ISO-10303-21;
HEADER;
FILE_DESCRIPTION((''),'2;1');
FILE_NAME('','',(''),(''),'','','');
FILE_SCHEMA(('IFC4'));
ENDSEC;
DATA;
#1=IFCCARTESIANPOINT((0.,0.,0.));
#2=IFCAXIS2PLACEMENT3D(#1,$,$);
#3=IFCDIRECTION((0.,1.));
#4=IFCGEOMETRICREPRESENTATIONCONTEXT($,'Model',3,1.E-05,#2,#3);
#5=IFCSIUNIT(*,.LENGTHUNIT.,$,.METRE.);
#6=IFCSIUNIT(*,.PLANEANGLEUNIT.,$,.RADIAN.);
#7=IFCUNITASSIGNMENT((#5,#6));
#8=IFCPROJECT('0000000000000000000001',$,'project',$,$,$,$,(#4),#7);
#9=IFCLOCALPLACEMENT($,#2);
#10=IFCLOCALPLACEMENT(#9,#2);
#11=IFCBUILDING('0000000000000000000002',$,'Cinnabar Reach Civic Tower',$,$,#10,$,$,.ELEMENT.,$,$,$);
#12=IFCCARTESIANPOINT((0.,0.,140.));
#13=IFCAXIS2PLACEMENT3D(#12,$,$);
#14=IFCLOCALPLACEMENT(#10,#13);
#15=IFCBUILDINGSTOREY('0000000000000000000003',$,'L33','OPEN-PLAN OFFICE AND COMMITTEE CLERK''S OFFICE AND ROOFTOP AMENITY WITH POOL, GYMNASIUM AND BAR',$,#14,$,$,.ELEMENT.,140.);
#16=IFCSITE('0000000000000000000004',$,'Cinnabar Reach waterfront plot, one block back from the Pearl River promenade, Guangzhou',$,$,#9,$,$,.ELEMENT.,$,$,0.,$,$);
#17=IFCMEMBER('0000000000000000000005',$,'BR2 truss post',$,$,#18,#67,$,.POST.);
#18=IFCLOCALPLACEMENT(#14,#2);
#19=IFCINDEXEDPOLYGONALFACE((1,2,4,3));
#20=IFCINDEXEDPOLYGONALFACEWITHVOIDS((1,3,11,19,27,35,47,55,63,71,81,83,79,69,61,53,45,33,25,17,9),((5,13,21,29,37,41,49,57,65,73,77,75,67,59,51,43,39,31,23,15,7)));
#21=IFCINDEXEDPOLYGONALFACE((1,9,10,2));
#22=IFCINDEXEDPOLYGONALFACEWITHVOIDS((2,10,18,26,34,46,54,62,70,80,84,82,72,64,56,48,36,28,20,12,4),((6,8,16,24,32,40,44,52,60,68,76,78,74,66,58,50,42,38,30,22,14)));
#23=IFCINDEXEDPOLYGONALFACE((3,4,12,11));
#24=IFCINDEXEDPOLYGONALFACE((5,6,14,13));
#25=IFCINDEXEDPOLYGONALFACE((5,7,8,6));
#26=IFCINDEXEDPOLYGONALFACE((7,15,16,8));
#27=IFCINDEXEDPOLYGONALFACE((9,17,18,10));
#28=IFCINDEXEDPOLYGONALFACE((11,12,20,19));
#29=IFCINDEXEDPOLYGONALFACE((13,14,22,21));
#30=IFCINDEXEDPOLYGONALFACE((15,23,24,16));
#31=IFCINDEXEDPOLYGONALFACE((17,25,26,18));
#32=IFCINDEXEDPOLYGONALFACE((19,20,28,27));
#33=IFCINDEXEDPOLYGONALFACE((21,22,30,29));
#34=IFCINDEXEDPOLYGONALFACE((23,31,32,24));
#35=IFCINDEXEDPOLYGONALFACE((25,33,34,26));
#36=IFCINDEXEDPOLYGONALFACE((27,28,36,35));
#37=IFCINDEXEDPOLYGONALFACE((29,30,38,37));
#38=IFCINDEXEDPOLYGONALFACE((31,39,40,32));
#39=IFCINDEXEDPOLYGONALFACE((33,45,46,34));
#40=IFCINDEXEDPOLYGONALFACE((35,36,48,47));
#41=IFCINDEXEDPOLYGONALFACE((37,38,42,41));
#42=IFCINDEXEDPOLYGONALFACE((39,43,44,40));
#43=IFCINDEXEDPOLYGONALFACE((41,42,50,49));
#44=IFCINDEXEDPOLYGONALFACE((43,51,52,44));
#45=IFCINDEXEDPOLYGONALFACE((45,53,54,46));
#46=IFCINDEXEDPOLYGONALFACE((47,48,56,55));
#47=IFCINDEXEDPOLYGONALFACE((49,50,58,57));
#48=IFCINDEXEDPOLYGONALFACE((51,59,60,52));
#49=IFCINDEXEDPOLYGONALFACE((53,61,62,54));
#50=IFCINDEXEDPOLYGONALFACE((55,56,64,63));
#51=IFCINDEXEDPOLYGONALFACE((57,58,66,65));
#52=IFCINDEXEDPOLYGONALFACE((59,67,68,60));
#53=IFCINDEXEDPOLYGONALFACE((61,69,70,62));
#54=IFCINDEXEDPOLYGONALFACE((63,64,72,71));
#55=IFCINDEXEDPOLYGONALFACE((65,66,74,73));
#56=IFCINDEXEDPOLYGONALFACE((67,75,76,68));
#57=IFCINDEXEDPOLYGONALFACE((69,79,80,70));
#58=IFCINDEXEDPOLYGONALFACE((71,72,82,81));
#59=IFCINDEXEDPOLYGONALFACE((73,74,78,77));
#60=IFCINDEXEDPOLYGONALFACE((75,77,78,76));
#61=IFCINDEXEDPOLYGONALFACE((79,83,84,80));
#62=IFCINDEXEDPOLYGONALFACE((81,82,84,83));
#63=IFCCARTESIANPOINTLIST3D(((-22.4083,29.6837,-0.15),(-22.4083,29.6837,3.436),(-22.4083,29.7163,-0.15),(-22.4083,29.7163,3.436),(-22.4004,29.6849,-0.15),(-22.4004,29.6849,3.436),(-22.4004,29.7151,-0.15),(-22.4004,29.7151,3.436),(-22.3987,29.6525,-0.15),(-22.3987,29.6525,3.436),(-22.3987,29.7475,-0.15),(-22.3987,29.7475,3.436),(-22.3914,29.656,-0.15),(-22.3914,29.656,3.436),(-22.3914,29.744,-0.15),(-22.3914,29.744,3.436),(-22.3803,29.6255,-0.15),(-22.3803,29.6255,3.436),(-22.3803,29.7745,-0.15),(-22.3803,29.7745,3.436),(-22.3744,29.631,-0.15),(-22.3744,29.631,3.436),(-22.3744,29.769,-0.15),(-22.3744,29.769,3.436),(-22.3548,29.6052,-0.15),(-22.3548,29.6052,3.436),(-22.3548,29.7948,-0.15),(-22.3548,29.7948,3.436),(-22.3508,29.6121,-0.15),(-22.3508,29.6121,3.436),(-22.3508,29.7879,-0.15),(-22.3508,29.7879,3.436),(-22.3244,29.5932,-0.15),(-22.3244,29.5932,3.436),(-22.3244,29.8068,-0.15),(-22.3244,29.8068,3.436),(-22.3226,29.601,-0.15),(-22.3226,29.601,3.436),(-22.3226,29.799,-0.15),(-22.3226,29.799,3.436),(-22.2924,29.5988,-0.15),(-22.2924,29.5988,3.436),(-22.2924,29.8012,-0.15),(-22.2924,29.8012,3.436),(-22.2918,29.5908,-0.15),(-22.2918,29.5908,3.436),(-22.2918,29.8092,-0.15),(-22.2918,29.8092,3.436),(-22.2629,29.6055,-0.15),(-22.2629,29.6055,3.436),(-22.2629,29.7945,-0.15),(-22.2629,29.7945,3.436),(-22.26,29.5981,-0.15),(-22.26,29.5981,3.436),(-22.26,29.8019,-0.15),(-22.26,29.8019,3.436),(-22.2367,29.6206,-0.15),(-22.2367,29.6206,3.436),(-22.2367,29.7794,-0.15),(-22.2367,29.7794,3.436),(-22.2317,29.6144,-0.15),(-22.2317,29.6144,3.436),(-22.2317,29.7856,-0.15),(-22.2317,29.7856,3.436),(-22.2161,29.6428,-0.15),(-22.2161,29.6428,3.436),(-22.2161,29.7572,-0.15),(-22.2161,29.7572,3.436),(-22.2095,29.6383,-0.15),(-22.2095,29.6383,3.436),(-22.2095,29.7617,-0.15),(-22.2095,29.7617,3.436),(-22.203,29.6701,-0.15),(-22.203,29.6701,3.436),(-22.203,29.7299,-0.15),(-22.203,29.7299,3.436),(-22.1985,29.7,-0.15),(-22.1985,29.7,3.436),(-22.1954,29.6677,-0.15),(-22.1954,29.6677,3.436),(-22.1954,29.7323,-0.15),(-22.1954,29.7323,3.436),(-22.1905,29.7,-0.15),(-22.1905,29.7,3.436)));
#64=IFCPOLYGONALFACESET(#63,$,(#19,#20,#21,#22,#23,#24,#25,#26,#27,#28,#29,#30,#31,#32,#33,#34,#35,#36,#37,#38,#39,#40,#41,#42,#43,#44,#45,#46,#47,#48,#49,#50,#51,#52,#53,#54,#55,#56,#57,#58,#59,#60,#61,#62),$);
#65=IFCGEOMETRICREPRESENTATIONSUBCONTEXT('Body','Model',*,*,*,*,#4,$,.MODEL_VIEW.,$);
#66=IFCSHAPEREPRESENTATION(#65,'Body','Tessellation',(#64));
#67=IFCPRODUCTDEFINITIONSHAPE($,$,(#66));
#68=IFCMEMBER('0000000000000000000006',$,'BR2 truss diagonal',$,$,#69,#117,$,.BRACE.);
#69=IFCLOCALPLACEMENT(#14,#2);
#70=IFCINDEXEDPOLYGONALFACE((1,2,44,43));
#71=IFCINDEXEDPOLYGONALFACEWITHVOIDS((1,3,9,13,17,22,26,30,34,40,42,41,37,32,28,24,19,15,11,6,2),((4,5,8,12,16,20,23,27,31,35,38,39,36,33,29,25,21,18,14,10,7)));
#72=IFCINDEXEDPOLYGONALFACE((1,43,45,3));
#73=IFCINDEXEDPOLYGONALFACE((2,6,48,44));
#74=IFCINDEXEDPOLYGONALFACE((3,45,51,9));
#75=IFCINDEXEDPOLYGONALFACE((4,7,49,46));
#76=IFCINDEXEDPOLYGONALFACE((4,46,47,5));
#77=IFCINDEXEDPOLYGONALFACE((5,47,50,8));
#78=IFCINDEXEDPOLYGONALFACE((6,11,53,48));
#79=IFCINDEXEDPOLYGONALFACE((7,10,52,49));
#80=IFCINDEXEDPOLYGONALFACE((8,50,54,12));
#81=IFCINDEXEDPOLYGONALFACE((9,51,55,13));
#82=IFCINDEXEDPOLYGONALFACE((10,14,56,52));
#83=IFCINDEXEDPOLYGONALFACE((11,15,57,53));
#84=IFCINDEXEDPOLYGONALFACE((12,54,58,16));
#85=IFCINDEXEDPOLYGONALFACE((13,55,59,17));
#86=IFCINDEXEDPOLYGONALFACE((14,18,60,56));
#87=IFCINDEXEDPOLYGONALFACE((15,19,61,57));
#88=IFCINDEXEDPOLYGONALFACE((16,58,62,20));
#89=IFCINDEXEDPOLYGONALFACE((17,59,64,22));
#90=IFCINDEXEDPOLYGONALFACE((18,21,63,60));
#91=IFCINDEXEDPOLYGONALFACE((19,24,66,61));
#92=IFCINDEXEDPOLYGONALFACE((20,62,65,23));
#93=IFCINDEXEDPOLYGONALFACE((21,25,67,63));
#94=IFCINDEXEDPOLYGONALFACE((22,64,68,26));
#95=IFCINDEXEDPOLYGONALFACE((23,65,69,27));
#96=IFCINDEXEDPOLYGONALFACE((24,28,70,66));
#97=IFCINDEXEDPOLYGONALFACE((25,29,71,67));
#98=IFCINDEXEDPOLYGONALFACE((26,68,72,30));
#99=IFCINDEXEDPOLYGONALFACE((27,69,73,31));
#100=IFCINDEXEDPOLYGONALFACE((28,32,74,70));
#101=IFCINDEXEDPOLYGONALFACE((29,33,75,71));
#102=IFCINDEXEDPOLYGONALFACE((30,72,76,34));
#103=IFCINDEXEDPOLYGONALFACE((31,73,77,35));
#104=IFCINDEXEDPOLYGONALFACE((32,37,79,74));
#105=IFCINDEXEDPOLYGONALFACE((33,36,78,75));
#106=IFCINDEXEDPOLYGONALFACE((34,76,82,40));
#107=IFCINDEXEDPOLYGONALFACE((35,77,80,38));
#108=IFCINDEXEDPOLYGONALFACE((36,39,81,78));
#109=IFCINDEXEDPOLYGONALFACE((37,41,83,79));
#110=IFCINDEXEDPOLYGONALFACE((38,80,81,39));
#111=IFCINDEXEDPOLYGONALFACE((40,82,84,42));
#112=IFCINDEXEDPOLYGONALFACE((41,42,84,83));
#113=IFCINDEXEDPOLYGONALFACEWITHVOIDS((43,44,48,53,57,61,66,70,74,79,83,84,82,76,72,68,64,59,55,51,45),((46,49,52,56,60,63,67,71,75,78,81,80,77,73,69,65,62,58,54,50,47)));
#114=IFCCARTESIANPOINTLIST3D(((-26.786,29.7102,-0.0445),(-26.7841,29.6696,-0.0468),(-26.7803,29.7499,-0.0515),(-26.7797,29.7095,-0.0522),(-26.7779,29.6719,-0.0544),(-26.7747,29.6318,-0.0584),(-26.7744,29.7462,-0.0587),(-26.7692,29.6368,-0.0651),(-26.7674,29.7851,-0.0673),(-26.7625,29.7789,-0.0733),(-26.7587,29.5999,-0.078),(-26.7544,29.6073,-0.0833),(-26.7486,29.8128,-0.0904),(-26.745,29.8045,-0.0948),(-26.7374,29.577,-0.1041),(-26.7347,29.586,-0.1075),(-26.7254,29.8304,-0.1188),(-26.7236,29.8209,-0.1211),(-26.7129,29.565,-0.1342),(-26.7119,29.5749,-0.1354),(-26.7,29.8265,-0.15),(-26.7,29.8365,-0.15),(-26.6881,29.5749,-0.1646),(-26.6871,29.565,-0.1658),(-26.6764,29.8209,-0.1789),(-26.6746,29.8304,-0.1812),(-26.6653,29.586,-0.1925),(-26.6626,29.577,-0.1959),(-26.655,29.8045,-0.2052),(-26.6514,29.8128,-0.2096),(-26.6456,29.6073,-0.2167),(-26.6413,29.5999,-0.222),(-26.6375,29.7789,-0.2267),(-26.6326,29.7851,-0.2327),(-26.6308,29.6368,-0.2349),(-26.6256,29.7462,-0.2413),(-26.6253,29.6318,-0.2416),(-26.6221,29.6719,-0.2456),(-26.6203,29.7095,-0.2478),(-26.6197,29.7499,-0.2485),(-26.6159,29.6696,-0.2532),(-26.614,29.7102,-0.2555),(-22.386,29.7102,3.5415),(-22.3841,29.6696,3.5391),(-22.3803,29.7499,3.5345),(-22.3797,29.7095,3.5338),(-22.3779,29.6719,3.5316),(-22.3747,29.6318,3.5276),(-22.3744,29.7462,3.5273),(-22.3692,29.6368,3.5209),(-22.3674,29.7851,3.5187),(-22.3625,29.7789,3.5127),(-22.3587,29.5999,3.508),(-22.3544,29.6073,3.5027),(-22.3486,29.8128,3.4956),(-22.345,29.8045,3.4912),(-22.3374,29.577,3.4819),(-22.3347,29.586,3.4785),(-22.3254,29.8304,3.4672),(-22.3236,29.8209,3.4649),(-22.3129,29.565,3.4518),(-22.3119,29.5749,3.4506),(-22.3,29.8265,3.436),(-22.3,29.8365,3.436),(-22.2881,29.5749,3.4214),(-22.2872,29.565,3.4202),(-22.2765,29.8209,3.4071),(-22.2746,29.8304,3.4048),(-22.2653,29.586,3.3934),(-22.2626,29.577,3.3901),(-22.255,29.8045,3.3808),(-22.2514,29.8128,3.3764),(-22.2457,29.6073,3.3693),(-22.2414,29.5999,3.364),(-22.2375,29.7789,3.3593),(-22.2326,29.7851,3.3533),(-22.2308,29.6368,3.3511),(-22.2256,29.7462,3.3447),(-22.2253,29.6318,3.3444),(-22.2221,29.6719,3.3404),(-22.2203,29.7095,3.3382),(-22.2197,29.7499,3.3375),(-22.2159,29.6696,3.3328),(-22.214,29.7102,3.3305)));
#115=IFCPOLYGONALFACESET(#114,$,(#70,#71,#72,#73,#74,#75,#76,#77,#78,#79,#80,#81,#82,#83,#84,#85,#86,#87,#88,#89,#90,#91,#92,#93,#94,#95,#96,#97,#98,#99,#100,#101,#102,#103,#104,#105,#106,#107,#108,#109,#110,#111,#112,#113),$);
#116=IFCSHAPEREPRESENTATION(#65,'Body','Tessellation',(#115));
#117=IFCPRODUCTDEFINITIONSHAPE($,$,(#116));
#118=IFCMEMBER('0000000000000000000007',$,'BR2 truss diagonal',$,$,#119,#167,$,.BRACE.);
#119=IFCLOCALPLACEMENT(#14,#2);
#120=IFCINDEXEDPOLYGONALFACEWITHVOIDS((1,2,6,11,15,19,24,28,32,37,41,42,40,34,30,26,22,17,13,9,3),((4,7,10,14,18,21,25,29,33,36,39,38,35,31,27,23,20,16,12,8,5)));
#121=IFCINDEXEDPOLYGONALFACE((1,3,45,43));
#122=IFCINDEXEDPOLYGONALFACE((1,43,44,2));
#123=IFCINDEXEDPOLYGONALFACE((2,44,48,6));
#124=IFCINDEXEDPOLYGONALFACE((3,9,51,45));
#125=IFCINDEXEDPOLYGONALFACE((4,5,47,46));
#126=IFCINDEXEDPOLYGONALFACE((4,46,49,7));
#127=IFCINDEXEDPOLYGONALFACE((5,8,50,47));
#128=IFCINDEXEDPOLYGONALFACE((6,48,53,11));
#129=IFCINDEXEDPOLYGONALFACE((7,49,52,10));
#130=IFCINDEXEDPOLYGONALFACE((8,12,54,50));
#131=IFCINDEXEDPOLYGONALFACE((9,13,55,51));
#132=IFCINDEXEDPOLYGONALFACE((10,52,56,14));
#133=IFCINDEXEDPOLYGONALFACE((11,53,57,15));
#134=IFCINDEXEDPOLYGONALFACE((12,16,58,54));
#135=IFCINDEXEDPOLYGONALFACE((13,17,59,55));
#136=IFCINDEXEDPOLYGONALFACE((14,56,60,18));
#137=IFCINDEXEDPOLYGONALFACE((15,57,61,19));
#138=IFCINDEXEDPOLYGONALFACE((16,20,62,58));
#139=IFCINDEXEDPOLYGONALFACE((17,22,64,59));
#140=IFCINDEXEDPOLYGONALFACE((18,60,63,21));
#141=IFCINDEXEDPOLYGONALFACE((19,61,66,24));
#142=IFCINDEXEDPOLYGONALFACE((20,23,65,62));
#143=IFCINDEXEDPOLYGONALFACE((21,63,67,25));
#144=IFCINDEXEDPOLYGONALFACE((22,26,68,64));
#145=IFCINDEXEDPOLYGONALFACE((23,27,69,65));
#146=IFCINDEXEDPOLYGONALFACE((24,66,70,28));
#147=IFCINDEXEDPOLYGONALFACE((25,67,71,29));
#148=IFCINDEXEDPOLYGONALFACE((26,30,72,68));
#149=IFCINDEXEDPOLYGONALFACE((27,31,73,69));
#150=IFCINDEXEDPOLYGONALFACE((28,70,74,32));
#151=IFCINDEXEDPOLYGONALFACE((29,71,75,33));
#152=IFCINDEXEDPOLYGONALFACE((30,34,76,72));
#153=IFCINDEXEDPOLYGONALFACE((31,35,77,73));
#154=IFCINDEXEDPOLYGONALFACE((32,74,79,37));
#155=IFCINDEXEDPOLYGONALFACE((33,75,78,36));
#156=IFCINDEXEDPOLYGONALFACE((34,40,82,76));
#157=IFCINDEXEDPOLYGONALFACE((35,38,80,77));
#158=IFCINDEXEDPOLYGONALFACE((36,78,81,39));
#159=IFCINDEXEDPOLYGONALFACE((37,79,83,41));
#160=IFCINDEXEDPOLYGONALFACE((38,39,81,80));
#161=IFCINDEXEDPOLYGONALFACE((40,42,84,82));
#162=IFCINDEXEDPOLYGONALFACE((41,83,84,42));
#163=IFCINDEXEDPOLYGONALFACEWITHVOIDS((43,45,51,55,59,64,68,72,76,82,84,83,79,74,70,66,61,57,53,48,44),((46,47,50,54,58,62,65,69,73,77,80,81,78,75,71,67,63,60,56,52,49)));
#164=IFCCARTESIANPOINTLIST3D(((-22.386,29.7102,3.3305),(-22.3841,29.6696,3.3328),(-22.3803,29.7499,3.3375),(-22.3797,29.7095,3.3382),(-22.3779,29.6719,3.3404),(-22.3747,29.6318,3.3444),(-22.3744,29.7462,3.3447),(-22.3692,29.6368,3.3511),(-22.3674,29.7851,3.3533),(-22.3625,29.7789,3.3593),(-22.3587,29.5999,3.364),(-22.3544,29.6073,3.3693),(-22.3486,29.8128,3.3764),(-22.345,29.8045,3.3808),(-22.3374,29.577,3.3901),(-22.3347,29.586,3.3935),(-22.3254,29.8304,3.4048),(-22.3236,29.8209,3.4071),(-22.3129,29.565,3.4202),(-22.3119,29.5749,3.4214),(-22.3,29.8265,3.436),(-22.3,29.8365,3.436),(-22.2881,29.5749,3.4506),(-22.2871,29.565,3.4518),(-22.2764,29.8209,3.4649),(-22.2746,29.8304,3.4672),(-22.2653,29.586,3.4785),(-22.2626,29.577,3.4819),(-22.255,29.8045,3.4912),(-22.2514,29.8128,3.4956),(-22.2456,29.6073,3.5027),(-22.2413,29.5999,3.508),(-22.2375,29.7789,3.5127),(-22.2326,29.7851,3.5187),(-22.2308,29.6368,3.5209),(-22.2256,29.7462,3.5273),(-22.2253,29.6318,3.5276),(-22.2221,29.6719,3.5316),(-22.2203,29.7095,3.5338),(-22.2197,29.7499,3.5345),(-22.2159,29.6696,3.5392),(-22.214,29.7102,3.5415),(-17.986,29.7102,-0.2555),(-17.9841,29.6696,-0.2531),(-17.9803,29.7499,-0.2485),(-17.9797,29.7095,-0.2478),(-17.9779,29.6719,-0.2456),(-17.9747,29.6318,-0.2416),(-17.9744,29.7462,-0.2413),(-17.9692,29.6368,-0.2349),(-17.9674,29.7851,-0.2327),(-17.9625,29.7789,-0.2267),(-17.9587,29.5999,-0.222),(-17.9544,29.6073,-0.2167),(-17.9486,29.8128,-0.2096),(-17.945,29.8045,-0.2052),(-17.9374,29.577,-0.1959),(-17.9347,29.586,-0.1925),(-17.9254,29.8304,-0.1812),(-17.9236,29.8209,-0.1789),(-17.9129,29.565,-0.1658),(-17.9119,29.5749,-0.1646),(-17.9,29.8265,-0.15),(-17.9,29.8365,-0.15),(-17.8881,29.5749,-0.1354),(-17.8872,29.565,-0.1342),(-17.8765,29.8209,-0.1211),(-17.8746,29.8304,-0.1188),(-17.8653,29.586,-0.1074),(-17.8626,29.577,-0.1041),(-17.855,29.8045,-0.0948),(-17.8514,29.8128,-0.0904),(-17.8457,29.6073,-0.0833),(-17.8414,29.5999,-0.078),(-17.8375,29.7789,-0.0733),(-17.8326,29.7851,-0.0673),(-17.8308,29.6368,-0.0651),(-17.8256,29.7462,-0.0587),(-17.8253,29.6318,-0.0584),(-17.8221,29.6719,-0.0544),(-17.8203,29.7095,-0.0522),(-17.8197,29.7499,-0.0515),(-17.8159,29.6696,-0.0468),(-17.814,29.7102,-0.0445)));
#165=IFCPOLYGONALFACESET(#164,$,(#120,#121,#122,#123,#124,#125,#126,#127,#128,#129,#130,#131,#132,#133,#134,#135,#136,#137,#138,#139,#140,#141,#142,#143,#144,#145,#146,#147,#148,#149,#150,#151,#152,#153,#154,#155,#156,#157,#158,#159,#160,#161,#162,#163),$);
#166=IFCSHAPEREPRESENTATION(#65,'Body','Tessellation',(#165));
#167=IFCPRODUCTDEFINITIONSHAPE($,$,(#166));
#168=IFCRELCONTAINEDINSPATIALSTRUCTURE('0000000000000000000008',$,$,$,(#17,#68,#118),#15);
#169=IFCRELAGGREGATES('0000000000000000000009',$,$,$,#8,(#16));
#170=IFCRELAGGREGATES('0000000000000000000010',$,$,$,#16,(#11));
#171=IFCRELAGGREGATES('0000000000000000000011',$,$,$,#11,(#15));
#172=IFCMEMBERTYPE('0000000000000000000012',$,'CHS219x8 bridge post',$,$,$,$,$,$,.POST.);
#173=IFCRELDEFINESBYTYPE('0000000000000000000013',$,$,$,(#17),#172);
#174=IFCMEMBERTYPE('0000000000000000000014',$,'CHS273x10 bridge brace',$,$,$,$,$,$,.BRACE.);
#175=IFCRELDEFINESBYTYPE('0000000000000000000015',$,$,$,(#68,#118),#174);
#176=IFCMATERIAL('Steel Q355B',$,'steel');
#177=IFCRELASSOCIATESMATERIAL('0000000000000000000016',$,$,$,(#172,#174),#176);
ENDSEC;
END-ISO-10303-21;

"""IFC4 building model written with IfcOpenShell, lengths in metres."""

from ifc_helpers import new_model, si_unit, direction, frame, origin, origin_2d, place, context, subcontext, project, spatial, hollow_circle, extrude, material, material_profile, profile_set, type_object, element, save


model = new_model("IFC4")

# Units and contexts
model_context = context("Model", 3, precision=1e-05, world=origin(), true_north=direction((0.0, 1.0)))
body_context = subcontext(model_context, "Body", "Model", "MODEL_VIEW")
ifc_project = project(units=[si_unit("LENGTHUNIT", "METRE"), si_unit("PLANEANGLEUNIT", "RADIAN")], contexts=[model_context])

# Site, building, storey
site_placement = place(None, origin())
site = spatial("IfcSite", under=ifc_project, at=site_placement, Name="Cinnabar Reach waterfront plot, one block back from the Pearl River promenade, Guangzhou", CompositionType="ELEMENT", RefElevation=0.0)
building_placement = place(site_placement, origin())
building = spatial("IfcBuilding", under=site, at=building_placement, Name="Cinnabar Reach Civic Tower", CompositionType="ELEMENT")
storey_placement = place(building_placement, frame((0.0, 0.0, 140.0)))
storey = spatial("IfcBuildingStorey", under=building, at=storey_placement, Name="L33", Description="OPEN-PLAN OFFICE AND COMMITTEE CLERK'S OFFICE AND ROOFTOP AMENITY WITH POOL, GYMNASIUM AND BAR", CompositionType="ELEMENT", Elevation=140.0)

# Members
ifc_material_1 = material(Name="Steel Q355B", Category="steel")
ifc_material_profile_1 = material_profile(ifc_material_1, hollow_circle(Radius=0.1095, WallThickness=0.008, at=origin_2d()), Name="CHS219x8")
ifc_profile_set_1 = profile_set([ifc_material_profile_1], Name="Steel Q355B")
member_type_1 = type_object("IfcMemberType", Name="CHS219x8 bridge post", PredefinedType="POST", material=ifc_profile_set_1)
for number, where, z_axis, x_axis, name in (
    (1, (-22.3, 29.7, -0.15), (0.0, 0.0, 1.0), (1.0, 0.0, 0.0), "BR2 truss post"),
):
    element("IfcMember", number, at=place(storey_placement, frame(where, z_axis=z_axis, x_axis=x_axis)), inside=storey, type_object=member_type_1, Name=name, PredefinedType="POST", context=body_context, shape_type="SweptSolid", body=[
        extrude(hollow_circle(Radius=0.1095, WallThickness=0.008, at=origin_2d()), origin(), (0.0, 0.0, 1.0), 3.586),
    ])
ifc_material_profile_2 = material_profile(ifc_material_1, hollow_circle(Radius=0.1365, WallThickness=0.01, at=origin_2d()), Name="CHS273x10")
ifc_profile_set_2 = profile_set([ifc_material_profile_2], Name="Steel Q355B")
member_type_2 = type_object("IfcMemberType", Name="CHS273x10 bridge brace", PredefinedType="BRACE", material=ifc_profile_set_2)
for number, where, z_axis, x_axis, name in (
    (2, (-26.7, 29.7, -0.15), (0.775165, 0.0, 0.631759), (0.0, 1.0, 0.0), "BR2 truss diagonal"),
    (3, (-22.3, 29.7, 3.436), (0.775165, 0.0, -0.631759), (0.0, 1.0, 0.0), "BR2 truss diagonal"),
):
    element("IfcMember", number, at=place(storey_placement, frame(where, z_axis=z_axis, x_axis=x_axis)), inside=storey, type_object=member_type_2, Name=name, PredefinedType="BRACE", context=body_context, shape_type="SweptSolid", body=[
        extrude(hollow_circle(Radius=0.1365, WallThickness=0.01, at=origin_2d()), origin(), (0.0, 0.0, 1.0), 5.6762),
    ])

save(model, "model.ifc")
